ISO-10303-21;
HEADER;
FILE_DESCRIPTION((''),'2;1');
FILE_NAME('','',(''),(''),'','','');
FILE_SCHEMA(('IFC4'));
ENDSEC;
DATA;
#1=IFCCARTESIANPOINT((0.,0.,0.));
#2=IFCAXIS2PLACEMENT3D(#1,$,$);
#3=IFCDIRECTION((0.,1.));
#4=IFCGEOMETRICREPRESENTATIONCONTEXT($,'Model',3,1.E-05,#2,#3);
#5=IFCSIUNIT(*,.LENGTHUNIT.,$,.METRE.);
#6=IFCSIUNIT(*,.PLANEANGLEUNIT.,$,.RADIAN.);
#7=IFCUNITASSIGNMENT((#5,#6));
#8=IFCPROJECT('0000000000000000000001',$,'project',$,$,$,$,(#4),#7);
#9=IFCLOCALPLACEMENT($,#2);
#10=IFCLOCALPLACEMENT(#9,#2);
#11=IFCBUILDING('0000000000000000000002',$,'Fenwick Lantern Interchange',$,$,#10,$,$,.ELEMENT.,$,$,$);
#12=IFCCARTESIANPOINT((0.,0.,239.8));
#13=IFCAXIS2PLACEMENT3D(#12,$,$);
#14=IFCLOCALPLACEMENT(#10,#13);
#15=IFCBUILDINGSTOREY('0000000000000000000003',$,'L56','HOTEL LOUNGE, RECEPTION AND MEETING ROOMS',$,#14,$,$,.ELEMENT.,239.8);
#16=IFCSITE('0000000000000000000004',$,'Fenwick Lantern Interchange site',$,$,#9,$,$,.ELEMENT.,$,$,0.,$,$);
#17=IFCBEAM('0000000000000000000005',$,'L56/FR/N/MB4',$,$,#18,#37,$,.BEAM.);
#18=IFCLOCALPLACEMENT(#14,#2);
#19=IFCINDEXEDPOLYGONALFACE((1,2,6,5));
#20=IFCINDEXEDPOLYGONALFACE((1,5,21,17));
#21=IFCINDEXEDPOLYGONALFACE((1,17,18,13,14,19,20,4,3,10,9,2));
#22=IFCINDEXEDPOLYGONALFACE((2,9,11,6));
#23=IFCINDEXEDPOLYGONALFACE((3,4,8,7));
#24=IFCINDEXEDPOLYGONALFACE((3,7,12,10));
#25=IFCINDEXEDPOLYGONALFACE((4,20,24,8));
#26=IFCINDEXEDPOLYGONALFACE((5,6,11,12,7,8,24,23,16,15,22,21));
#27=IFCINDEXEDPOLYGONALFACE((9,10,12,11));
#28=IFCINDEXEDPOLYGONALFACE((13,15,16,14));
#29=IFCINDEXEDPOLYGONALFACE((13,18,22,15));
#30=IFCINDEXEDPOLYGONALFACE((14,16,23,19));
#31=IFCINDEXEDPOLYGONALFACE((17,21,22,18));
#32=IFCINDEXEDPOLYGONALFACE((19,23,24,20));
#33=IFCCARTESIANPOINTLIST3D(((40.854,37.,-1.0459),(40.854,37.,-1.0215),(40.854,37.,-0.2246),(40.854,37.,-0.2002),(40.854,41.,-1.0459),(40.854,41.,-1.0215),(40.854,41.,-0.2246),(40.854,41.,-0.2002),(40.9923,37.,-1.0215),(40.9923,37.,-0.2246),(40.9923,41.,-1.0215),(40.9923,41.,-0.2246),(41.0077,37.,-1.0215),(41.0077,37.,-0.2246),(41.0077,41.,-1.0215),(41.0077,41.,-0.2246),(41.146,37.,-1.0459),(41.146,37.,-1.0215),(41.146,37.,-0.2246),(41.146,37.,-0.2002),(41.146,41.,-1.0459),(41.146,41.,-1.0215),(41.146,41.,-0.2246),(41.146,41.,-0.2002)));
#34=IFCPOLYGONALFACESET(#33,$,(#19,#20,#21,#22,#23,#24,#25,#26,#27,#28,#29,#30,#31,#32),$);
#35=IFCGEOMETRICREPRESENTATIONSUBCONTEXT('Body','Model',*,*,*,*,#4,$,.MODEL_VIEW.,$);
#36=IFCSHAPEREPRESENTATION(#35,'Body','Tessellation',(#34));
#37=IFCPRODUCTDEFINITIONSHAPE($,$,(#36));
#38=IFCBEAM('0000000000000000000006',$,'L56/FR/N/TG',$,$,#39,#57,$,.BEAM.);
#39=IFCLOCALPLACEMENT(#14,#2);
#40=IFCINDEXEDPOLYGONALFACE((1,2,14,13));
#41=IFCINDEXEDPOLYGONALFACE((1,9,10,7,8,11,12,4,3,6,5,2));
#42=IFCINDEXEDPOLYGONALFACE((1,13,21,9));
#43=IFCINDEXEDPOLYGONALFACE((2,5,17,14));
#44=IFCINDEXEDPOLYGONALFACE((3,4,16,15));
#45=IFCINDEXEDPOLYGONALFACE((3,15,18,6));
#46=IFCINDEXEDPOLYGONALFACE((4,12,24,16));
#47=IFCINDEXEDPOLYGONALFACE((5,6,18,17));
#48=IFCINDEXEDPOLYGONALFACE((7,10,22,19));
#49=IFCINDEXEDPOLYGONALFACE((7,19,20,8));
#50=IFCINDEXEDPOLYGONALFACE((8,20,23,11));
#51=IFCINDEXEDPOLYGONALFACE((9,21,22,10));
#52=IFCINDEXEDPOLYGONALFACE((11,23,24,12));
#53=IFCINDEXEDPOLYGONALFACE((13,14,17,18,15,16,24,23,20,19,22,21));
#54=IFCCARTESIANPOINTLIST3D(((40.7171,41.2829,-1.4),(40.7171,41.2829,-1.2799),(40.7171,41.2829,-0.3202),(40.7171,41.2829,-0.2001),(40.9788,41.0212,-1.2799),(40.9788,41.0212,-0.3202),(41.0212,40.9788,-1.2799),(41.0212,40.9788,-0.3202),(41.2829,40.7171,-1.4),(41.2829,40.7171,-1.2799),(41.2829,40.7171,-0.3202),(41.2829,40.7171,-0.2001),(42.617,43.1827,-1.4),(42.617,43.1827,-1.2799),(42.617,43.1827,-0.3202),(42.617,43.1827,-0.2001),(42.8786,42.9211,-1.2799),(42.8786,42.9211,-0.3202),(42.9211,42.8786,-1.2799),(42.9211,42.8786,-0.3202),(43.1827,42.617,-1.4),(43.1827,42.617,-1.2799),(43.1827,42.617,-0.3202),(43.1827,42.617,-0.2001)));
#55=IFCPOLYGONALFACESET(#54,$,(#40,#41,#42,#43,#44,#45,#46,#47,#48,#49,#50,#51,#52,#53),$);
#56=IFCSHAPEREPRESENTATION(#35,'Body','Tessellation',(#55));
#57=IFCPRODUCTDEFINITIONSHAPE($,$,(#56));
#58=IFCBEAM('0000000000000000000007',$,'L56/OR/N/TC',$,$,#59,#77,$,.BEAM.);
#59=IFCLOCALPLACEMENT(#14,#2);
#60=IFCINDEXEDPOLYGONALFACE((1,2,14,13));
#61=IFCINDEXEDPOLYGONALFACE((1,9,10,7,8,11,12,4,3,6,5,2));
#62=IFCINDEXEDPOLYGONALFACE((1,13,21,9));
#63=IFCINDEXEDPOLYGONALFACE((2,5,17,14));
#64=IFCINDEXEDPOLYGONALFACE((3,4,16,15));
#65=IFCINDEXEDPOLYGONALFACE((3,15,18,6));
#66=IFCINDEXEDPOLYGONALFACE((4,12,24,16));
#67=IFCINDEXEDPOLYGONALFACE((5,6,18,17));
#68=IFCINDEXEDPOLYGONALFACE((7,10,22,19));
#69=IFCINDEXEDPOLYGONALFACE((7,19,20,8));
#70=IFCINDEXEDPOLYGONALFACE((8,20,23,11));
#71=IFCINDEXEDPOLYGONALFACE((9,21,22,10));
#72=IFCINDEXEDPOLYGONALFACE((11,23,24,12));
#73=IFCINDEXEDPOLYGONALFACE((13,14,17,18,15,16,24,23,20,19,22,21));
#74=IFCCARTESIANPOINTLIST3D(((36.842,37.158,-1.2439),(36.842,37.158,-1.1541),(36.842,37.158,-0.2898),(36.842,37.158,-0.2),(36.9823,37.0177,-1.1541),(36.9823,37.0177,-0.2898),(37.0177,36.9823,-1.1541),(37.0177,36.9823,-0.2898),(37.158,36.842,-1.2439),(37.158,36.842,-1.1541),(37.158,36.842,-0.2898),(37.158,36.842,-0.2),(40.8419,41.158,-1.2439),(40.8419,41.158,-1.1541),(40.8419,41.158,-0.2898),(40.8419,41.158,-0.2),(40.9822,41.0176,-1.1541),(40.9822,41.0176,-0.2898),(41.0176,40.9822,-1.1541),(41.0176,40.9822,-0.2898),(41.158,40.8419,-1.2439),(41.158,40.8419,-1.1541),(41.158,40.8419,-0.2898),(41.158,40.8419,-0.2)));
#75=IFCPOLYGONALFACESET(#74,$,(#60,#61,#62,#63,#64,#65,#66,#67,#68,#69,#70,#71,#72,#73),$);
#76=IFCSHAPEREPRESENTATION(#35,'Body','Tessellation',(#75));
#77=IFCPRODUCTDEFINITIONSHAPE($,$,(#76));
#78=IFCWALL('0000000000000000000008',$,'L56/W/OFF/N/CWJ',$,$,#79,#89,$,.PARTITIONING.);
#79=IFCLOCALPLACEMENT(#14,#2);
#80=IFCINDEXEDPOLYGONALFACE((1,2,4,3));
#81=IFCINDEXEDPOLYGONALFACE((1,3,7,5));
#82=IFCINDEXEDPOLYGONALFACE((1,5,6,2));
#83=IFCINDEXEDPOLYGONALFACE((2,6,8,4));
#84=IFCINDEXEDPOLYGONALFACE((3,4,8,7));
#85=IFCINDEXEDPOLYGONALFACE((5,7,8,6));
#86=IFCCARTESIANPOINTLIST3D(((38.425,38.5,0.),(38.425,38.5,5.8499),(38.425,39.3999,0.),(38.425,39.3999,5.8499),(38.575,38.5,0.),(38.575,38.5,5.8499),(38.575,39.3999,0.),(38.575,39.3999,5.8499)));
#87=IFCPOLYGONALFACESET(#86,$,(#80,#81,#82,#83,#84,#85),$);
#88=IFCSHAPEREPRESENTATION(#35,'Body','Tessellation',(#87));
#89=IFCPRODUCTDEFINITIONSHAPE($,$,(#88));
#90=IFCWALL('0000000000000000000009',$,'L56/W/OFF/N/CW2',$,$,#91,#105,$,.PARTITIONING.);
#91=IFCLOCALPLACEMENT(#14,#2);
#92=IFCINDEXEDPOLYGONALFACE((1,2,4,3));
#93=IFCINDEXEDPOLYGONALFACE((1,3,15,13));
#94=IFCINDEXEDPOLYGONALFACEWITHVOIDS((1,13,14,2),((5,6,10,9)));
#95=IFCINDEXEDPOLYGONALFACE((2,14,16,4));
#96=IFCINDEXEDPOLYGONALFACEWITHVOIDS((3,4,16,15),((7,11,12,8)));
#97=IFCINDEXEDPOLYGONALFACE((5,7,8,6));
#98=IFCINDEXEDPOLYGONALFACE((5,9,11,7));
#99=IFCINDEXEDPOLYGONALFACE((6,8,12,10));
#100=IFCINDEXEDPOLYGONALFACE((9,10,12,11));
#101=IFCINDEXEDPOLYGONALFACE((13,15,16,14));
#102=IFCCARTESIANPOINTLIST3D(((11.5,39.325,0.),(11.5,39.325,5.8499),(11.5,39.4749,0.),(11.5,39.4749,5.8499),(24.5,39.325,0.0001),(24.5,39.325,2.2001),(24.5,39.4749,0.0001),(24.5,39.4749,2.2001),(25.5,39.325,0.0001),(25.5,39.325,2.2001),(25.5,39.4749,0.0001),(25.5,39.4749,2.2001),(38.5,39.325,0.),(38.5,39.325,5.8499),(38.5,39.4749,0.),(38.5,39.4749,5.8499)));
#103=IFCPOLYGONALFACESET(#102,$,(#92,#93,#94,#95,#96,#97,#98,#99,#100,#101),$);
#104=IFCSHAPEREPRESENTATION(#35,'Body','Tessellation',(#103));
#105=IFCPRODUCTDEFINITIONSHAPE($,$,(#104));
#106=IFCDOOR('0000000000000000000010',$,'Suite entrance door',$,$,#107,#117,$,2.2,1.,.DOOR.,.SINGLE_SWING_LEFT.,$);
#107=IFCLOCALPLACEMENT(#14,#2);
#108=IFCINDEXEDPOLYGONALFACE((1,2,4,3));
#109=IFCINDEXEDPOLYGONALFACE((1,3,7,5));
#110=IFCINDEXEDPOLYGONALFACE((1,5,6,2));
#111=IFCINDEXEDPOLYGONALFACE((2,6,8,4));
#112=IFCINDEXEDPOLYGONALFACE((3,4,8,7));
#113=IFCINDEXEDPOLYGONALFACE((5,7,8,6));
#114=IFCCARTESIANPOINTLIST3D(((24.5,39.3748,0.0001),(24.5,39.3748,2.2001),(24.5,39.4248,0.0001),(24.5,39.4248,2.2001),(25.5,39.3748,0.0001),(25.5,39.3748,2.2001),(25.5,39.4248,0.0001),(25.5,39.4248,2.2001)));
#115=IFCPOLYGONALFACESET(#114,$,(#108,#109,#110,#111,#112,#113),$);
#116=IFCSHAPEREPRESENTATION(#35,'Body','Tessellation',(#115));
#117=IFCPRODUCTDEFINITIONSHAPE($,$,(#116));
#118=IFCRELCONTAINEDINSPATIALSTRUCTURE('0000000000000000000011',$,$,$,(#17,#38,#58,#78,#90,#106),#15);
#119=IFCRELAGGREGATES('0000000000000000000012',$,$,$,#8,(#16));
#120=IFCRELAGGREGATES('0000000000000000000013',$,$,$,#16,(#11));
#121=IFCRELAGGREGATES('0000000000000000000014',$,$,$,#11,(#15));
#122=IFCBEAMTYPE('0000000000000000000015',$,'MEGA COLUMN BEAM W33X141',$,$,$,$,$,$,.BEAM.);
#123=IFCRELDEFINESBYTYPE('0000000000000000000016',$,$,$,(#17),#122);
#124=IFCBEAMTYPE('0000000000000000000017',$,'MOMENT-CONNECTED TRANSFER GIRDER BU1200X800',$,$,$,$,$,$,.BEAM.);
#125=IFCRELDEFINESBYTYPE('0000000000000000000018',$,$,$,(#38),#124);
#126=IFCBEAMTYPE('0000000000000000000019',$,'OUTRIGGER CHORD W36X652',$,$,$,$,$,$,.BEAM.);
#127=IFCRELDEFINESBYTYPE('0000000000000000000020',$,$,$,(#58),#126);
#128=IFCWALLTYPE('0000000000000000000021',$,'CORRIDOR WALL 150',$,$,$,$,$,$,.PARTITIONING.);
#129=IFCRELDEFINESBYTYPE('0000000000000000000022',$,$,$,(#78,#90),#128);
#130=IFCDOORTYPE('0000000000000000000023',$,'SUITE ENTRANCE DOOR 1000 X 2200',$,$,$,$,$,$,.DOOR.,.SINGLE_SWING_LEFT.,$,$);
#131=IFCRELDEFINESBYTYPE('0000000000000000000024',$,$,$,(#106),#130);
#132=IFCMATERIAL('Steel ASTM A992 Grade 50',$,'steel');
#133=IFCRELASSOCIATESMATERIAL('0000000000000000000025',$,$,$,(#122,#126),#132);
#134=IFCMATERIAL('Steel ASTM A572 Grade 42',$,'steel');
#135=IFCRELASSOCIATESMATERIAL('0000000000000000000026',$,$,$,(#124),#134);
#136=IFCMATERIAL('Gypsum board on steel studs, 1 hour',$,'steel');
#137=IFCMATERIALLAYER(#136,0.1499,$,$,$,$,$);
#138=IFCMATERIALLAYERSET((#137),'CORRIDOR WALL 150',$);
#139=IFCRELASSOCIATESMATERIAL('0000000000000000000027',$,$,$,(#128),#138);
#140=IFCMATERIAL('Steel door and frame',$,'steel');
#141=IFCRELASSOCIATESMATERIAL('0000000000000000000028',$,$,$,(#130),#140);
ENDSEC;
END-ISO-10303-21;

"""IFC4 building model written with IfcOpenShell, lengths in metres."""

from ifc_helpers import new_model, si_unit, direction, frame, frame_2d, origin, origin_2d, place, context, subcontext, project, spatial, rectangle, i_section, extrude, material, layer, layer_set, material_profile, profile_set, type_object, element, fill, save


model = new_model("IFC4")

# Units and contexts
model_context = context("Model", 3, precision=1e-05, world=origin(), true_north=direction((0.0, 1.0)))
body_context = subcontext(model_context, "Body", "Model", "MODEL_VIEW")
ifc_project = project(units=[si_unit("LENGTHUNIT", "METRE"), si_unit("PLANEANGLEUNIT", "RADIAN")], contexts=[model_context])

# Site, building, storey
site_placement = place(None, origin())
site = spatial("IfcSite", under=ifc_project, at=site_placement, Name="Fenwick Lantern Interchange site", CompositionType="ELEMENT", RefElevation=0.0)
building_placement = place(site_placement, origin())
building = spatial("IfcBuilding", under=site, at=building_placement, Name="Fenwick Lantern Interchange", CompositionType="ELEMENT")
storey_placement = place(building_placement, frame((0.0, 0.0, 239.8)))
storey = spatial("IfcBuildingStorey", under=building, at=storey_placement, Name="L56", Description="HOTEL LOUNGE, RECEPTION AND MEETING ROOMS", CompositionType="ELEMENT", Elevation=239.8)

# Shared definitions
ifc_material_1 = material(Name="Steel ASTM A992 Grade 50", Category="steel")

# Beams
ifc_material_profile_1 = material_profile(ifc_material_1, i_section(OverallWidth=0.292, OverallDepth=0.8457, WebThickness=0.0154, FlangeThickness=0.0244, at=origin_2d()), Name="W33X141")
ifc_profile_set_1 = profile_set([ifc_material_profile_1], Name="Steel ASTM A992 Grade 50")
beam_type_1 = type_object("IfcBeamType", Name="MEGA COLUMN BEAM W33X141", PredefinedType="BEAM", material=ifc_profile_set_1)
for number, where, z_axis, x_axis, name in (
    (1, (41.0, 41.0, -0.623), (0.0, -1.0, 0.0), (1.0, 0.0, 0.0), "L56/FR/N/MB4"),
):
    element("IfcBeam", number, at=place(storey_placement, frame(where, z_axis=z_axis, x_axis=x_axis)), inside=storey, type_object=beam_type_1, Name=name, PredefinedType="BEAM", context=body_context, shape_type="SweptSolid", body=[
        extrude(i_section(OverallWidth=0.292, OverallDepth=0.8457, WebThickness=0.0154, FlangeThickness=0.0244, at=origin_2d()), origin(), (0.0, 0.0, 1.0), 4.0),
    ])
ifc_material_2 = material(Name="Steel ASTM A572 Grade 42", Category="steel")
ifc_material_profile_2 = material_profile(ifc_material_2, i_section(OverallWidth=0.8, OverallDepth=1.2, WebThickness=0.0601, FlangeThickness=0.1201, at=origin_2d()), Name="BU1200X800")
ifc_profile_set_2 = profile_set([ifc_material_profile_2], Name="Steel ASTM A572 Grade 42")
beam_type_2 = type_object("IfcBeamType", Name="MOMENT-CONNECTED TRANSFER GIRDER BU1200X800", PredefinedType="BEAM", material=ifc_profile_set_2)
beam_1_placement = place(storey_placement, frame((41.0, 41.0, -0.8), z_axis=(0.707107, 0.707107, 0.0), x_axis=(-0.707107, 0.707107, 0.0)))
element("IfcBeam", 2, at=beam_1_placement, inside=storey, type_object=beam_type_2, Name="L56/FR/N/TG", PredefinedType="BEAM", context=body_context, shape_type="SweptSolid", body=[
    extrude(i_section(OverallWidth=0.8, OverallDepth=1.2, WebThickness=0.0601, FlangeThickness=0.1201, at=origin_2d()), origin(), (0.0, 0.0, 1.0), 2.6868),
])
ifc_material_profile_3 = material_profile(ifc_material_1, i_section(OverallWidth=0.447, OverallDepth=1.0439, WebThickness=0.05, FlangeThickness=0.0898, at=origin_2d()), Name="W36X652")
ifc_profile_set_3 = profile_set([ifc_material_profile_3], Name="Steel ASTM A992 Grade 50")
beam_type_3 = type_object("IfcBeamType", Name="OUTRIGGER CHORD W36X652", PredefinedType="BEAM", material=ifc_profile_set_3)
beam_2_placement = place(storey_placement, frame((37.0, 37.0, -0.7219), z_axis=(0.707107, 0.707107, 0.0), x_axis=(-0.707107, 0.707107, 0.0)))
element("IfcBeam", 3, at=beam_2_placement, inside=storey, type_object=beam_type_3, Name="L56/OR/N/TC", PredefinedType="BEAM", context=body_context, shape_type="SweptSolid", body=[
    extrude(i_section(OverallWidth=0.447, OverallDepth=1.0439, WebThickness=0.05, FlangeThickness=0.0898, at=origin_2d()), origin(), (0.0, 0.0, 1.0), 5.6567),
])

# Shared definitions
ifc_material_3 = material(Name="Steel door and frame", Category="steel")

# Wall
ifc_material_4 = material(Name="Gypsum board on steel studs, 1 hour", Category="steel")
ifc_layer_1 = layer(ifc_material_4, 0.1499)
ifc_layer_set_1 = layer_set([ifc_layer_1], Name="CORRIDOR WALL 150")
wall_type_1 = type_object("IfcWallType", Name="CORRIDOR WALL 150", PredefinedType="PARTITIONING", material=ifc_layer_set_1)
wall_1_placement = place(storey_placement, frame((38.5, 38.5, 0.0), z_axis=(0.0, 0.0, 1.0), x_axis=(0.0, 1.0, 0.0)))
element("IfcWall", 4, at=wall_1_placement, inside=storey, type_object=wall_type_1, Name="L56/W/OFF/N/CWJ", PredefinedType="PARTITIONING", context=body_context, shape_type="SweptSolid", body=[
    extrude(rectangle(XDim=0.8999, YDim=0.1499, at=frame_2d((0.45, 0.0))), origin(), (0.0, 0.0, 1.0), 5.8499),
])

# Wall, opening, door
wall_2_placement = place(storey_placement, frame((38.5, 39.3999, 0.0), z_axis=(0.0, 0.0, 1.0), x_axis=(-1.0, 0.0, 0.0)))
wall_2 = element("IfcWall", 5, at=wall_2_placement, inside=storey, type_object=wall_type_1, Name="L56/W/OFF/N/CW2", PredefinedType="PARTITIONING", context=body_context, shape_type="SweptSolid", body=[
    extrude(rectangle(XDim=27.0, YDim=0.1499, at=frame_2d((13.5, 0.0))), origin(), (0.0, 0.0, 1.0), 5.8499),
])
opening_1_placement = place(wall_2_placement, frame((13.0, 0.0, 0.0)))
opening_1 = element("IfcOpeningElement", 6, at=opening_1_placement, cuts=wall_2, PredefinedType="OPENING", context=body_context, shape_type="SweptSolid", body=[
    extrude(rectangle(XDim=1.0, YDim=2.2, at=frame_2d((0.5, 1.1001))), frame((0.0, 0.085, 0.0), z_axis=(0.0, -1.0, 0.0), x_axis=(1.0, 0.0, 0.0)), (0.0, 0.0, 1.0), 0.1699),
])
door_type_1 = type_object("IfcDoorType", Name="SUITE ENTRANCE DOOR 1000 X 2200", OperationType="SINGLE_SWING_LEFT", PredefinedType="DOOR", material=ifc_material_3)
door_1_placement = place(opening_1_placement, frame((1.0, 0.0, 0.0), z_axis=(0.0, 0.0, 1.0), x_axis=(-1.0, 0.0, 0.0)))
door_1 = element("IfcDoor", 7, at=door_1_placement, inside=storey, type_object=door_type_1, Name="Suite entrance door", OperationType="SINGLE_SWING_LEFT", OverallHeight=2.2, OverallWidth=1.0, PredefinedType="DOOR", context=body_context, shape_type="SweptSolid", body=[
    extrude(rectangle(XDim=1.0, YDim=2.2, at=frame_2d((0.5, 1.1001))), frame((0.0, 0.0249, 0.0), z_axis=(0.0, -1.0, 0.0), x_axis=(1.0, 0.0, 0.0)), (0.0, 0.0, 1.0), 0.05),
])
fill(opening_1, door_1)

save(model, "model.ifc")
